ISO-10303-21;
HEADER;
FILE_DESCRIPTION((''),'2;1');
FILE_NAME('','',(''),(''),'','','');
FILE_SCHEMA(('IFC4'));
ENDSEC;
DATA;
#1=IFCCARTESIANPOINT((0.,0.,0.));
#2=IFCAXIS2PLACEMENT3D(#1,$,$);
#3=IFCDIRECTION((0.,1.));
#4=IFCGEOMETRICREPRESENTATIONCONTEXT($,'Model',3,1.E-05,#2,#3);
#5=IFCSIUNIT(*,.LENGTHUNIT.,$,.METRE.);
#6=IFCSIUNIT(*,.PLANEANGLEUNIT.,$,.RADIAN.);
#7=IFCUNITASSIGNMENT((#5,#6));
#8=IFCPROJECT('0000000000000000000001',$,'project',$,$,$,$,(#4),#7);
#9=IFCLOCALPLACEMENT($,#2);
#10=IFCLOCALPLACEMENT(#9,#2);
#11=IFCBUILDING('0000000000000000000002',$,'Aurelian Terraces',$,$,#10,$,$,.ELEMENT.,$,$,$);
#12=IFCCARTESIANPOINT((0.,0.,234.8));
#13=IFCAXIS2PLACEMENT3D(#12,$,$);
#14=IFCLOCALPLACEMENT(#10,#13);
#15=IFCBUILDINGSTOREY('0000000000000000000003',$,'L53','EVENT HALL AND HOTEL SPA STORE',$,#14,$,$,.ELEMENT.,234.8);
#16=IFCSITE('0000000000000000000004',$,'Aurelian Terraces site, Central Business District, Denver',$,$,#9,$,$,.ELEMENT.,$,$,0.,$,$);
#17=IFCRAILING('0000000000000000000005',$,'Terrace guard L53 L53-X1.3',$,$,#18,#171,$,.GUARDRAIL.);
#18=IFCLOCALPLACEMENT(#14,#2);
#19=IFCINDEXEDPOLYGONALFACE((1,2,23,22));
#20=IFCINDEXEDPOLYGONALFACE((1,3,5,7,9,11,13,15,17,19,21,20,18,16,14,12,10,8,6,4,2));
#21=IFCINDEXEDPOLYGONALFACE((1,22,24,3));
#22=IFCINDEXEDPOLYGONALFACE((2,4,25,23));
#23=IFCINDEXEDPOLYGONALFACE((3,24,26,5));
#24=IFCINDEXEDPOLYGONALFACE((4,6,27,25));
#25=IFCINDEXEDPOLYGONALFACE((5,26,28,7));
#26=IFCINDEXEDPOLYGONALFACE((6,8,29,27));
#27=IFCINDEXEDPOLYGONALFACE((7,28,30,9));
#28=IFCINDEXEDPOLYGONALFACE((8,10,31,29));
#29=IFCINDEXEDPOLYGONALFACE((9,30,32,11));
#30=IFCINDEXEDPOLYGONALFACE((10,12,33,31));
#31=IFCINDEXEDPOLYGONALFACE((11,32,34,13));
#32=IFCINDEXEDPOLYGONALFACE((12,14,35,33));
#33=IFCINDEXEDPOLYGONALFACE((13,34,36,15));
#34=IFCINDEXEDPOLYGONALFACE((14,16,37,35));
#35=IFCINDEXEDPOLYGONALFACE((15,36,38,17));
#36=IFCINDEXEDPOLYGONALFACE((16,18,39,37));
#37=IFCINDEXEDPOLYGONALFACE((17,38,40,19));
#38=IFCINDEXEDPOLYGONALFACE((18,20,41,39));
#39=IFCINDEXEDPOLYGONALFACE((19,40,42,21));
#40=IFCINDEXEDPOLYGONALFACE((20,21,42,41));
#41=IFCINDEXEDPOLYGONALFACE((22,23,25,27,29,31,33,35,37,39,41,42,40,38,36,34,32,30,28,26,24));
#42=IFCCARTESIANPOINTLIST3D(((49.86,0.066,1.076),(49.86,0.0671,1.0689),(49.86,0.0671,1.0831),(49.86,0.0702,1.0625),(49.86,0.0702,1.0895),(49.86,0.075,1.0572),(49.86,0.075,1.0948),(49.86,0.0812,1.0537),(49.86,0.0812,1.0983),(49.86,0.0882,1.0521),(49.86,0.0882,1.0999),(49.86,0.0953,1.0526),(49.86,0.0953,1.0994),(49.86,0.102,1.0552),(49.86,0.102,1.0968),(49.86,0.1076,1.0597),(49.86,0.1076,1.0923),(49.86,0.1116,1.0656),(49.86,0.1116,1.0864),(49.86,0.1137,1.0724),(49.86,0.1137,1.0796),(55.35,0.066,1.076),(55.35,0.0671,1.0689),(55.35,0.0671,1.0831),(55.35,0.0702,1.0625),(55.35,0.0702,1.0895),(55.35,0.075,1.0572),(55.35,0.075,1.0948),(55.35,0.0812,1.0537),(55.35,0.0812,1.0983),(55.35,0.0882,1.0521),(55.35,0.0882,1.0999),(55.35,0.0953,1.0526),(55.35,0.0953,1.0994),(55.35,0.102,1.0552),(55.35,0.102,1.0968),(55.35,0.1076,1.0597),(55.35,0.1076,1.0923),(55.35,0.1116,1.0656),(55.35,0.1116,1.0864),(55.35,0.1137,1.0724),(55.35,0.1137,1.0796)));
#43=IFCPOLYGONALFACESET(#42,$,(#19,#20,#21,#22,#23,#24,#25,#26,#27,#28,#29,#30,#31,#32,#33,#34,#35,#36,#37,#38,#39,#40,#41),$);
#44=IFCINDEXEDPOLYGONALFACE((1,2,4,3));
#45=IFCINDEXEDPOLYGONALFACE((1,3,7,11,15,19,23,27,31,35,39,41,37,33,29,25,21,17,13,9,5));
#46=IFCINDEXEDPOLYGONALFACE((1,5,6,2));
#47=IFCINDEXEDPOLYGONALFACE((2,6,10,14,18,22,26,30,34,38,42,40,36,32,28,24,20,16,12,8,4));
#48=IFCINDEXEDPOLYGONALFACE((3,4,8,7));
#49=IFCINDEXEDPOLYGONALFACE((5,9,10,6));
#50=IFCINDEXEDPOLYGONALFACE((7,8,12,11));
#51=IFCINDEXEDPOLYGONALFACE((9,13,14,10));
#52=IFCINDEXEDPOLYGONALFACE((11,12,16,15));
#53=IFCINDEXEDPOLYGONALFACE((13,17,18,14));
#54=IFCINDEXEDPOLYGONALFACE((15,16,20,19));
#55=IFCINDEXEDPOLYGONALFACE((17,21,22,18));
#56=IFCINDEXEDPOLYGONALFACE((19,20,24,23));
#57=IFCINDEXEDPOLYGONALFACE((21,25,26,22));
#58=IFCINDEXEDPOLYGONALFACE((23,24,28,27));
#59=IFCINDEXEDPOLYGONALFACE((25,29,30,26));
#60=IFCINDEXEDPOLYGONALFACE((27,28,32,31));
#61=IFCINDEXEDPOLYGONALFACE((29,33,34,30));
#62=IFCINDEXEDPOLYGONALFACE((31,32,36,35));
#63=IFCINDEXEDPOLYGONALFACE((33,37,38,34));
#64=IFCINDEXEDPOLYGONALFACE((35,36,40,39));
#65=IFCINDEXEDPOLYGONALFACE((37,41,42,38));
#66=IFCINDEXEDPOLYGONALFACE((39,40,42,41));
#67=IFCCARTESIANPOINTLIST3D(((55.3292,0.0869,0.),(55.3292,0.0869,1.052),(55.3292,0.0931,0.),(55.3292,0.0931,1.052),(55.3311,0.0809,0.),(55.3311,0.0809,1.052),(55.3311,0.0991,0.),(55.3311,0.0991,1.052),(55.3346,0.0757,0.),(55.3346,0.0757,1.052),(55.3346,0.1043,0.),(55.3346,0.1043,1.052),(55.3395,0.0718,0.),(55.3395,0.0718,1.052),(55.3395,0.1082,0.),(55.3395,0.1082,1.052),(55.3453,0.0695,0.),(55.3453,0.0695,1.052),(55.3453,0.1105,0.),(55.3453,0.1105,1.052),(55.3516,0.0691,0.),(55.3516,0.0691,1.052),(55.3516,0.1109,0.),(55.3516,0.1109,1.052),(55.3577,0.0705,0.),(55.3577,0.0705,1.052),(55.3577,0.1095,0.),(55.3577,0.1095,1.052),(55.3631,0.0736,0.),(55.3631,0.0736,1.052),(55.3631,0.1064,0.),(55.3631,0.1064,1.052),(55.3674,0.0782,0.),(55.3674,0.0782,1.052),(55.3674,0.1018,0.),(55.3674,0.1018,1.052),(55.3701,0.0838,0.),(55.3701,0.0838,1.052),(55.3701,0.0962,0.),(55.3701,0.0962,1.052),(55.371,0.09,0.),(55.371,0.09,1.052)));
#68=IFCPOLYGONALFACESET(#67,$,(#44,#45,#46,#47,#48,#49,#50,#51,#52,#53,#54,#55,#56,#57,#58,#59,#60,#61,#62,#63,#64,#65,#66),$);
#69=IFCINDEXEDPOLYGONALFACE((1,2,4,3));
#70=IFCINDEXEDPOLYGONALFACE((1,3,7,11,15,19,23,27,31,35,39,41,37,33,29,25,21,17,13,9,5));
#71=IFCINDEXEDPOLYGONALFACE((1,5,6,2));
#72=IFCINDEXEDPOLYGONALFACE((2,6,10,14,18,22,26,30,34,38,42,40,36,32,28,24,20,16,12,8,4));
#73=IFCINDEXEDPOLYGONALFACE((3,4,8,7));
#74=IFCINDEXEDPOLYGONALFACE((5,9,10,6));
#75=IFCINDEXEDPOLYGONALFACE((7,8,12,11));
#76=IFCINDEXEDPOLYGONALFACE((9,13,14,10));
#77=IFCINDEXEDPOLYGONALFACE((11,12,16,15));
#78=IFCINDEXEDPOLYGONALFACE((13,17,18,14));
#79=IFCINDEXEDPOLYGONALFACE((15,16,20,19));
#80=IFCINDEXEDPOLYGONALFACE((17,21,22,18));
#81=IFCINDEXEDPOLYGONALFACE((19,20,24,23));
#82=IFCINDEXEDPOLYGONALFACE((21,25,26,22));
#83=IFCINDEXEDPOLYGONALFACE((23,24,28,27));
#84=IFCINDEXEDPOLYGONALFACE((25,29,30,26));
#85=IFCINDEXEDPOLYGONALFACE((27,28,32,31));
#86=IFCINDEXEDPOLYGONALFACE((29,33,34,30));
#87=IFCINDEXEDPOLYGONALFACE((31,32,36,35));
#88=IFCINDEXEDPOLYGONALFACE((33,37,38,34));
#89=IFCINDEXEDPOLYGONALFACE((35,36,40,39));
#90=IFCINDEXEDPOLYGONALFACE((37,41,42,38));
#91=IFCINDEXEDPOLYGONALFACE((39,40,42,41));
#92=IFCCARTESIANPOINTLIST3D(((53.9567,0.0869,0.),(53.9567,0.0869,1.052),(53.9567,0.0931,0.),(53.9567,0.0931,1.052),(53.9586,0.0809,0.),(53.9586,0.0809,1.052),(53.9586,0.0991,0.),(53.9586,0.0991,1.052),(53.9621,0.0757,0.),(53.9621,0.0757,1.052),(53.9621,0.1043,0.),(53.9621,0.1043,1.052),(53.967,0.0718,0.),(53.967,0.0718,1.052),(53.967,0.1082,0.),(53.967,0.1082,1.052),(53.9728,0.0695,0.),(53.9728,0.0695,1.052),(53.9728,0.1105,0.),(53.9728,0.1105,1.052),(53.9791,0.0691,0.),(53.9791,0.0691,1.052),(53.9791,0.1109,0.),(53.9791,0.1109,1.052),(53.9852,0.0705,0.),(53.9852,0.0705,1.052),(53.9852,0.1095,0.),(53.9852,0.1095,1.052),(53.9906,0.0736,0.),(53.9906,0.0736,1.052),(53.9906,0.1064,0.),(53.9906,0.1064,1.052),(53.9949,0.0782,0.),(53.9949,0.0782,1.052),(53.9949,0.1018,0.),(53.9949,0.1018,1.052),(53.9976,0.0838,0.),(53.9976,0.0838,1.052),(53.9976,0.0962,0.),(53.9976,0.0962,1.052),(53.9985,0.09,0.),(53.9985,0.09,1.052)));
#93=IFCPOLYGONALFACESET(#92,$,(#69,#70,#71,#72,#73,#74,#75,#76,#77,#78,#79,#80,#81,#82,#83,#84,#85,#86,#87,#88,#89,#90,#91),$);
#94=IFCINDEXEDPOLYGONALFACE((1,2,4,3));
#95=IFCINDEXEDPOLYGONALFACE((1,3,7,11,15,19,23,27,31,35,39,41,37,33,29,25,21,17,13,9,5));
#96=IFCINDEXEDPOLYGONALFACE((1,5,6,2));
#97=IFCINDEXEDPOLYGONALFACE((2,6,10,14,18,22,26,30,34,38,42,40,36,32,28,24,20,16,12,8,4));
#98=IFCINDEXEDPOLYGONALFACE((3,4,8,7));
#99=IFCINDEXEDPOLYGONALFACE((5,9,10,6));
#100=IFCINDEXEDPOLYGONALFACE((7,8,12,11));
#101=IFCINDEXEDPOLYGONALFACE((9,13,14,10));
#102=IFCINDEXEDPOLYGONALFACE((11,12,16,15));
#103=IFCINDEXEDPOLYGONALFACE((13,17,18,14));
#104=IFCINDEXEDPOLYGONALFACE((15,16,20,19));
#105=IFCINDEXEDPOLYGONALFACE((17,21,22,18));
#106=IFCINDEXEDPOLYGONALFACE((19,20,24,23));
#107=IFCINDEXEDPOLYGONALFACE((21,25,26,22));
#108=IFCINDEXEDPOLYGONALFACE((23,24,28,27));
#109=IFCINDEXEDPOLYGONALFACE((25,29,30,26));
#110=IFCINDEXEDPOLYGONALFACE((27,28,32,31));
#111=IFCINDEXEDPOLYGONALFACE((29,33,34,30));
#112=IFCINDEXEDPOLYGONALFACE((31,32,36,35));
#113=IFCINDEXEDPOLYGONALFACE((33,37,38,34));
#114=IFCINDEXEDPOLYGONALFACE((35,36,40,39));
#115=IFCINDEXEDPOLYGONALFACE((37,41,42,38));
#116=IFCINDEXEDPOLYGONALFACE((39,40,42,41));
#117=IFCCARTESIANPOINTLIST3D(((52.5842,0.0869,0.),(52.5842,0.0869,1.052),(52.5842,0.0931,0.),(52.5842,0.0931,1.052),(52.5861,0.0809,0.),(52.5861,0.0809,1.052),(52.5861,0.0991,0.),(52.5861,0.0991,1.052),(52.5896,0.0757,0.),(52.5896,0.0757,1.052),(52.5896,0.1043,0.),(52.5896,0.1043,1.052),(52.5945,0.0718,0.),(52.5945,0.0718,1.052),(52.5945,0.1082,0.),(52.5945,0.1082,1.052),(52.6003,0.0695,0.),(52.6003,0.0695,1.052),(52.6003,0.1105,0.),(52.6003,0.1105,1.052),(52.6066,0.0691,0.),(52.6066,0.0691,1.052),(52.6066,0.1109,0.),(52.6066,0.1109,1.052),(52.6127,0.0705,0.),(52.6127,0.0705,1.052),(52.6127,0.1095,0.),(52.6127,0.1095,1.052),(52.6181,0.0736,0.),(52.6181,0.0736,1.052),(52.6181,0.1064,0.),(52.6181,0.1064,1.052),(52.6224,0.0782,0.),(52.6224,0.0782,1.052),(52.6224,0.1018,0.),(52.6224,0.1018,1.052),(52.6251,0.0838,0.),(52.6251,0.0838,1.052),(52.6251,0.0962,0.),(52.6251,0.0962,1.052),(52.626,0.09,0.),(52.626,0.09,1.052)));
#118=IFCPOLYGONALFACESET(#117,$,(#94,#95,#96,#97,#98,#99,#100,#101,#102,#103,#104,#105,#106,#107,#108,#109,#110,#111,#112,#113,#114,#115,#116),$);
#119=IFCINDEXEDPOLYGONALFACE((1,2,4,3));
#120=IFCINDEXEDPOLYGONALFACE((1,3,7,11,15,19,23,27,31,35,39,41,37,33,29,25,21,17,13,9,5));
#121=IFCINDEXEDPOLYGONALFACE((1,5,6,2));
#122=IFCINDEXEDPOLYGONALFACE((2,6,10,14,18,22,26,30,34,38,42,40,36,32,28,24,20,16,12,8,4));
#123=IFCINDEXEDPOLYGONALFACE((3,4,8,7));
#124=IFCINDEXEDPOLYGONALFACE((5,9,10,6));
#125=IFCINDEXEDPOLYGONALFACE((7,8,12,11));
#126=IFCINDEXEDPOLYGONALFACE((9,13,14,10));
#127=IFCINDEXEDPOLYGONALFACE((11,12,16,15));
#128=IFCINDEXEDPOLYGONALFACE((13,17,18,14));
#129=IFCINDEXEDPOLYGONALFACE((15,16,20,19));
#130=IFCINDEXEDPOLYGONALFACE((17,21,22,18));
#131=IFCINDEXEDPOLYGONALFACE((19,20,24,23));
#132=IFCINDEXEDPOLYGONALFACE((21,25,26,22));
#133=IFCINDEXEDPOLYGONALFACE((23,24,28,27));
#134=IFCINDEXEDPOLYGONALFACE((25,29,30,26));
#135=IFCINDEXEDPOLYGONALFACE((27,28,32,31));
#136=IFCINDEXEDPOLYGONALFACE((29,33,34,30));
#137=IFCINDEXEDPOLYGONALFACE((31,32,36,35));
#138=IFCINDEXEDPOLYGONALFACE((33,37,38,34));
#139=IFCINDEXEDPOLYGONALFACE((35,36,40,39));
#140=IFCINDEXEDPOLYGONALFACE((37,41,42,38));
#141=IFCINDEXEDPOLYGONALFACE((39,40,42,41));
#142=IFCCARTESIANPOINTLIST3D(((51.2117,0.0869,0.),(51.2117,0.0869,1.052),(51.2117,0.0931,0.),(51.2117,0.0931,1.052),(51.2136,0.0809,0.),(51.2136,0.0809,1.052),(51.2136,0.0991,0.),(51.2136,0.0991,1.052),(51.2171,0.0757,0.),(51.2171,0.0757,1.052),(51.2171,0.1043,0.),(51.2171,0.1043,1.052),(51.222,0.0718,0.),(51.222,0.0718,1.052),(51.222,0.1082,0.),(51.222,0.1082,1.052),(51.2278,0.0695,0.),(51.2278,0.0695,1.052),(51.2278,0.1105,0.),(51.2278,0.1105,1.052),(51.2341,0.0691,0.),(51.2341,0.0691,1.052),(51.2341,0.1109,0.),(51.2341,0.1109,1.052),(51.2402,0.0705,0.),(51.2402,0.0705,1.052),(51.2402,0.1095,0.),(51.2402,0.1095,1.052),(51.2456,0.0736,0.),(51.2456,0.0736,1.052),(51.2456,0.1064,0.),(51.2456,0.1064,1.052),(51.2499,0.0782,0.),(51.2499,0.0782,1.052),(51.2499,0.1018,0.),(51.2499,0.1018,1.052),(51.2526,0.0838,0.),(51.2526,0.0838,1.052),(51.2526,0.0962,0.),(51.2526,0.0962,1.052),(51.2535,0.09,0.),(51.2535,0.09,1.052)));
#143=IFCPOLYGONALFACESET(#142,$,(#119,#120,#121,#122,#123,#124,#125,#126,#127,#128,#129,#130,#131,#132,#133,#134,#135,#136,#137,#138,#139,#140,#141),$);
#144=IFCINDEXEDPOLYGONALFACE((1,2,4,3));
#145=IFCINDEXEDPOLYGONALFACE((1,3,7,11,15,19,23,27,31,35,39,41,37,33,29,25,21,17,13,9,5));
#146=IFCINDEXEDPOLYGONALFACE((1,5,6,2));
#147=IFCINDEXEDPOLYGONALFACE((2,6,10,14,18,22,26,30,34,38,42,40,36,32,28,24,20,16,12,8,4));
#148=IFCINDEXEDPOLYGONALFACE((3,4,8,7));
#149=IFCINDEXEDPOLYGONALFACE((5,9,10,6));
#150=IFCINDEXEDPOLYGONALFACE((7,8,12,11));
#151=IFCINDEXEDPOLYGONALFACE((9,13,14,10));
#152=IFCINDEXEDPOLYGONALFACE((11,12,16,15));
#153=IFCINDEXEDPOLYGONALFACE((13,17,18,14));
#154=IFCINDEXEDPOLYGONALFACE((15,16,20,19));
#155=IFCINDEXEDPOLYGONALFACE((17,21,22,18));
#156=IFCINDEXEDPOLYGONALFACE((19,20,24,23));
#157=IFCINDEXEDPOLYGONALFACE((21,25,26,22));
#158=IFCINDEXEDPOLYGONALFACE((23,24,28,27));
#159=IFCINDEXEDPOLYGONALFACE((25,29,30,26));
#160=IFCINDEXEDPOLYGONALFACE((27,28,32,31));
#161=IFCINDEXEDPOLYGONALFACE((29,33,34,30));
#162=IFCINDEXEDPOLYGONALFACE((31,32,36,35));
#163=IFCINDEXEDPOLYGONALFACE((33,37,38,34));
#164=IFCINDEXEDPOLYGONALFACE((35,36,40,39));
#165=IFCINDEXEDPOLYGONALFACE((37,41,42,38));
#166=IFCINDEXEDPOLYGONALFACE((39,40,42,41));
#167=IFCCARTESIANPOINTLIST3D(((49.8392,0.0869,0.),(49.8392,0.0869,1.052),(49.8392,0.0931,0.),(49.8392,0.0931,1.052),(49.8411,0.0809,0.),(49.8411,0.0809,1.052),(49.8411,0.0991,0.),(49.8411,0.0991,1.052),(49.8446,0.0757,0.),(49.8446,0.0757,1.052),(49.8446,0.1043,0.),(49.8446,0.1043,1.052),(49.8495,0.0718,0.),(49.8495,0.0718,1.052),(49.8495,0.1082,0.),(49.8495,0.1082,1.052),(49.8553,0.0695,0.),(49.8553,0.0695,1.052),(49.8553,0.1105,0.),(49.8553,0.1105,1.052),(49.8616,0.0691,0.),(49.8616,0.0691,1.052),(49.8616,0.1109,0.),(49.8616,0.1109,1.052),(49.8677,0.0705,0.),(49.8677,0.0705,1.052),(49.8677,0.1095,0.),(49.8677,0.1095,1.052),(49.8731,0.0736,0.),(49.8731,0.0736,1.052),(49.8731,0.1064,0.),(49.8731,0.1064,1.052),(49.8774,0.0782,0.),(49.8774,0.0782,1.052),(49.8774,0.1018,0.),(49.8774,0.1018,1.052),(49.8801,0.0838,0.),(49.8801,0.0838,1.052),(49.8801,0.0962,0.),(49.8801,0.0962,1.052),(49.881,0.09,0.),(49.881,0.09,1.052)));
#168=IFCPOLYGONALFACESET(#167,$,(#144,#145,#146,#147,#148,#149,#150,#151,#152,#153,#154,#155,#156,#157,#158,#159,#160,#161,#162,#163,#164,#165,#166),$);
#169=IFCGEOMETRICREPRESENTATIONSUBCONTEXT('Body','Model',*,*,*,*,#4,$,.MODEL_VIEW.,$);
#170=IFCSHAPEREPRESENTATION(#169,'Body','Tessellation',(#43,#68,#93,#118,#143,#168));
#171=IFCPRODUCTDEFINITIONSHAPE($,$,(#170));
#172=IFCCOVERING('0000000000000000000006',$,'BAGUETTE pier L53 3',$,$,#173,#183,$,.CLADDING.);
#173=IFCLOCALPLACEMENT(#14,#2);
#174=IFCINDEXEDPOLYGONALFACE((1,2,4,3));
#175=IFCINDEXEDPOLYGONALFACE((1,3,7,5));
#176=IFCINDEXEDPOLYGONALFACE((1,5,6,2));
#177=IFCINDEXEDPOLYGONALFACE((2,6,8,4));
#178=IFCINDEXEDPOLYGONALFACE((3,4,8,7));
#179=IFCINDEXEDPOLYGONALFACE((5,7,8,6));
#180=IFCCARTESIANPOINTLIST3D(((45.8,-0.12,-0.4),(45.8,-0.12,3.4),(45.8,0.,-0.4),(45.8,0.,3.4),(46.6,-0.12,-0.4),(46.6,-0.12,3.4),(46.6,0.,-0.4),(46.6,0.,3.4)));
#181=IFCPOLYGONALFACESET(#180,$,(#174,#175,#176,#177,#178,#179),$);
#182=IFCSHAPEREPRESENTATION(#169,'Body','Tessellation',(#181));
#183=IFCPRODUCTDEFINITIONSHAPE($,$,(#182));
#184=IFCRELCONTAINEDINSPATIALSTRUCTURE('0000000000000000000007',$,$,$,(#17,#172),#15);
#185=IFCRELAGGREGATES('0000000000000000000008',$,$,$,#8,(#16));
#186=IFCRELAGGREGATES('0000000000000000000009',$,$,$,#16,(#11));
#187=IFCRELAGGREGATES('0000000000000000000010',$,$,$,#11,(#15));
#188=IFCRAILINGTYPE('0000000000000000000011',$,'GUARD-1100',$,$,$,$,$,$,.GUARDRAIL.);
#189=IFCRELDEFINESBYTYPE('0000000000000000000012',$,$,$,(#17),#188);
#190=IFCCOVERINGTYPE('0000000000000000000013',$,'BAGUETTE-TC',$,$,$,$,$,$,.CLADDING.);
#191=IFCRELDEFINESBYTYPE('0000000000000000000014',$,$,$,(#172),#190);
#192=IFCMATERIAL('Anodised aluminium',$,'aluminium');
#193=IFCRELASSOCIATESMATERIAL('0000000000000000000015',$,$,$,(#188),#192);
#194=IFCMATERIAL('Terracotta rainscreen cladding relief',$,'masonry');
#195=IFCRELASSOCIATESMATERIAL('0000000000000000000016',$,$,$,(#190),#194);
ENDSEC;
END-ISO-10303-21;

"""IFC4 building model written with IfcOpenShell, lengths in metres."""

from ifc_helpers import new_model, si_unit, direction, frame, origin, origin_2d, place, context, subcontext, project, spatial, rectangle, circle, extrude, source, transform, mapped, material, type_object, element, save


model = new_model("IFC4")

# Units and contexts
model_context = context("Model", 3, precision=1e-05, world=origin(), true_north=direction((0.0, 1.0)))
body_context = subcontext(model_context, "Body", "Model", "MODEL_VIEW")
ifc_project = project(units=[si_unit("LENGTHUNIT", "METRE"), si_unit("PLANEANGLEUNIT", "RADIAN")], contexts=[model_context])

# Site, building, storey
site_placement = place(None, origin())
site = spatial("IfcSite", under=ifc_project, at=site_placement, Name="Aurelian Terraces site, Central Business District, Denver", CompositionType="ELEMENT", RefElevation=0.0)
building_placement = place(site_placement, origin())
building = spatial("IfcBuilding", under=site, at=building_placement, Name="Aurelian Terraces", CompositionType="ELEMENT")
storey_placement = place(building_placement, frame((0.0, 0.0, 234.8)))
storey = spatial("IfcBuildingStorey", under=building, at=storey_placement, Name="L53", Description="EVENT HALL AND HOTEL SPA STORE", CompositionType="ELEMENT", Elevation=234.8)

# Shared definitions
ifc_material_1 = material(Name="Anodised aluminium", Category="aluminium")
railing_type = type_object("IfcRailingType", Name="GUARD-1100", PredefinedType="GUARDRAIL", material=ifc_material_1)

# Railing
shared_shape_1 = source(origin(), body_context, "Body", "SweptSolid", [
    extrude(circle(Radius=0.024, at=origin_2d()), frame((0.0, 0.0, 1.076), z_axis=(-1.0, 0.0, 0.0), x_axis=(0.0, -1.0, 0.0)), (0.0, 0.0, 1.0), 5.49),
    extrude(circle(Radius=0.021, at=origin_2d()), origin(), (0.0, 0.0, 1.0), 1.052),
    extrude(circle(Radius=0.021, at=origin_2d()), frame((-1.3725, 0.0, 0.0)), (0.0, 0.0, 1.0), 1.052),
    extrude(circle(Radius=0.021, at=origin_2d()), frame((-2.745, 0.0, 0.0)), (0.0, 0.0, 1.0), 1.052),
    extrude(circle(Radius=0.021, at=origin_2d()), frame((-4.1175, 0.0, 0.0)), (0.0, 0.0, 1.0), 1.052),
    extrude(circle(Radius=0.021, at=origin_2d()), frame((-5.49, 0.0, 0.0)), (0.0, 0.0, 1.0), 1.052),
])
railing_1_placement = place(storey_placement, frame((55.35, 0.09, 0.0)))
element("IfcRailing", 1, at=railing_1_placement, inside=storey, type_object=railing_type, Name="Terrace guard L53 L53-X1.3", PredefinedType="GUARDRAIL", context=body_context, shape_type="MappedRepresentation", body=[
    mapped(shared_shape_1, transform((0.0, 0.0, 0.0), scale=1.0)),
])

# Covering
ifc_material_2 = material(Name="Terracotta rainscreen cladding relief", Category="masonry")
covering_type_1 = type_object("IfcCoveringType", Name="BAGUETTE-TC", PredefinedType="CLADDING", material=ifc_material_2)
shared_shape_2 = source(origin(), body_context, "Body", "SweptSolid", [
    extrude(rectangle(XDim=0.8, YDim=0.12, at=origin_2d()), origin(), (0.0, 0.0, 1.0), 3.8),
])
covering_1_placement = place(storey_placement, frame((46.2, -0.06, -0.4), z_axis=(0.0, 0.0, 1.0), x_axis=(1.0, 0.0, 0.0)))
element("IfcCovering", 2, at=covering_1_placement, inside=storey, type_object=covering_type_1, Name="BAGUETTE pier L53 3", PredefinedType="CLADDING", context=body_context, shape_type="MappedRepresentation", body=[
    mapped(shared_shape_2, transform((0.0, 0.0, 0.0), scale=1.0)),
])

save(model, "model.ifc")
